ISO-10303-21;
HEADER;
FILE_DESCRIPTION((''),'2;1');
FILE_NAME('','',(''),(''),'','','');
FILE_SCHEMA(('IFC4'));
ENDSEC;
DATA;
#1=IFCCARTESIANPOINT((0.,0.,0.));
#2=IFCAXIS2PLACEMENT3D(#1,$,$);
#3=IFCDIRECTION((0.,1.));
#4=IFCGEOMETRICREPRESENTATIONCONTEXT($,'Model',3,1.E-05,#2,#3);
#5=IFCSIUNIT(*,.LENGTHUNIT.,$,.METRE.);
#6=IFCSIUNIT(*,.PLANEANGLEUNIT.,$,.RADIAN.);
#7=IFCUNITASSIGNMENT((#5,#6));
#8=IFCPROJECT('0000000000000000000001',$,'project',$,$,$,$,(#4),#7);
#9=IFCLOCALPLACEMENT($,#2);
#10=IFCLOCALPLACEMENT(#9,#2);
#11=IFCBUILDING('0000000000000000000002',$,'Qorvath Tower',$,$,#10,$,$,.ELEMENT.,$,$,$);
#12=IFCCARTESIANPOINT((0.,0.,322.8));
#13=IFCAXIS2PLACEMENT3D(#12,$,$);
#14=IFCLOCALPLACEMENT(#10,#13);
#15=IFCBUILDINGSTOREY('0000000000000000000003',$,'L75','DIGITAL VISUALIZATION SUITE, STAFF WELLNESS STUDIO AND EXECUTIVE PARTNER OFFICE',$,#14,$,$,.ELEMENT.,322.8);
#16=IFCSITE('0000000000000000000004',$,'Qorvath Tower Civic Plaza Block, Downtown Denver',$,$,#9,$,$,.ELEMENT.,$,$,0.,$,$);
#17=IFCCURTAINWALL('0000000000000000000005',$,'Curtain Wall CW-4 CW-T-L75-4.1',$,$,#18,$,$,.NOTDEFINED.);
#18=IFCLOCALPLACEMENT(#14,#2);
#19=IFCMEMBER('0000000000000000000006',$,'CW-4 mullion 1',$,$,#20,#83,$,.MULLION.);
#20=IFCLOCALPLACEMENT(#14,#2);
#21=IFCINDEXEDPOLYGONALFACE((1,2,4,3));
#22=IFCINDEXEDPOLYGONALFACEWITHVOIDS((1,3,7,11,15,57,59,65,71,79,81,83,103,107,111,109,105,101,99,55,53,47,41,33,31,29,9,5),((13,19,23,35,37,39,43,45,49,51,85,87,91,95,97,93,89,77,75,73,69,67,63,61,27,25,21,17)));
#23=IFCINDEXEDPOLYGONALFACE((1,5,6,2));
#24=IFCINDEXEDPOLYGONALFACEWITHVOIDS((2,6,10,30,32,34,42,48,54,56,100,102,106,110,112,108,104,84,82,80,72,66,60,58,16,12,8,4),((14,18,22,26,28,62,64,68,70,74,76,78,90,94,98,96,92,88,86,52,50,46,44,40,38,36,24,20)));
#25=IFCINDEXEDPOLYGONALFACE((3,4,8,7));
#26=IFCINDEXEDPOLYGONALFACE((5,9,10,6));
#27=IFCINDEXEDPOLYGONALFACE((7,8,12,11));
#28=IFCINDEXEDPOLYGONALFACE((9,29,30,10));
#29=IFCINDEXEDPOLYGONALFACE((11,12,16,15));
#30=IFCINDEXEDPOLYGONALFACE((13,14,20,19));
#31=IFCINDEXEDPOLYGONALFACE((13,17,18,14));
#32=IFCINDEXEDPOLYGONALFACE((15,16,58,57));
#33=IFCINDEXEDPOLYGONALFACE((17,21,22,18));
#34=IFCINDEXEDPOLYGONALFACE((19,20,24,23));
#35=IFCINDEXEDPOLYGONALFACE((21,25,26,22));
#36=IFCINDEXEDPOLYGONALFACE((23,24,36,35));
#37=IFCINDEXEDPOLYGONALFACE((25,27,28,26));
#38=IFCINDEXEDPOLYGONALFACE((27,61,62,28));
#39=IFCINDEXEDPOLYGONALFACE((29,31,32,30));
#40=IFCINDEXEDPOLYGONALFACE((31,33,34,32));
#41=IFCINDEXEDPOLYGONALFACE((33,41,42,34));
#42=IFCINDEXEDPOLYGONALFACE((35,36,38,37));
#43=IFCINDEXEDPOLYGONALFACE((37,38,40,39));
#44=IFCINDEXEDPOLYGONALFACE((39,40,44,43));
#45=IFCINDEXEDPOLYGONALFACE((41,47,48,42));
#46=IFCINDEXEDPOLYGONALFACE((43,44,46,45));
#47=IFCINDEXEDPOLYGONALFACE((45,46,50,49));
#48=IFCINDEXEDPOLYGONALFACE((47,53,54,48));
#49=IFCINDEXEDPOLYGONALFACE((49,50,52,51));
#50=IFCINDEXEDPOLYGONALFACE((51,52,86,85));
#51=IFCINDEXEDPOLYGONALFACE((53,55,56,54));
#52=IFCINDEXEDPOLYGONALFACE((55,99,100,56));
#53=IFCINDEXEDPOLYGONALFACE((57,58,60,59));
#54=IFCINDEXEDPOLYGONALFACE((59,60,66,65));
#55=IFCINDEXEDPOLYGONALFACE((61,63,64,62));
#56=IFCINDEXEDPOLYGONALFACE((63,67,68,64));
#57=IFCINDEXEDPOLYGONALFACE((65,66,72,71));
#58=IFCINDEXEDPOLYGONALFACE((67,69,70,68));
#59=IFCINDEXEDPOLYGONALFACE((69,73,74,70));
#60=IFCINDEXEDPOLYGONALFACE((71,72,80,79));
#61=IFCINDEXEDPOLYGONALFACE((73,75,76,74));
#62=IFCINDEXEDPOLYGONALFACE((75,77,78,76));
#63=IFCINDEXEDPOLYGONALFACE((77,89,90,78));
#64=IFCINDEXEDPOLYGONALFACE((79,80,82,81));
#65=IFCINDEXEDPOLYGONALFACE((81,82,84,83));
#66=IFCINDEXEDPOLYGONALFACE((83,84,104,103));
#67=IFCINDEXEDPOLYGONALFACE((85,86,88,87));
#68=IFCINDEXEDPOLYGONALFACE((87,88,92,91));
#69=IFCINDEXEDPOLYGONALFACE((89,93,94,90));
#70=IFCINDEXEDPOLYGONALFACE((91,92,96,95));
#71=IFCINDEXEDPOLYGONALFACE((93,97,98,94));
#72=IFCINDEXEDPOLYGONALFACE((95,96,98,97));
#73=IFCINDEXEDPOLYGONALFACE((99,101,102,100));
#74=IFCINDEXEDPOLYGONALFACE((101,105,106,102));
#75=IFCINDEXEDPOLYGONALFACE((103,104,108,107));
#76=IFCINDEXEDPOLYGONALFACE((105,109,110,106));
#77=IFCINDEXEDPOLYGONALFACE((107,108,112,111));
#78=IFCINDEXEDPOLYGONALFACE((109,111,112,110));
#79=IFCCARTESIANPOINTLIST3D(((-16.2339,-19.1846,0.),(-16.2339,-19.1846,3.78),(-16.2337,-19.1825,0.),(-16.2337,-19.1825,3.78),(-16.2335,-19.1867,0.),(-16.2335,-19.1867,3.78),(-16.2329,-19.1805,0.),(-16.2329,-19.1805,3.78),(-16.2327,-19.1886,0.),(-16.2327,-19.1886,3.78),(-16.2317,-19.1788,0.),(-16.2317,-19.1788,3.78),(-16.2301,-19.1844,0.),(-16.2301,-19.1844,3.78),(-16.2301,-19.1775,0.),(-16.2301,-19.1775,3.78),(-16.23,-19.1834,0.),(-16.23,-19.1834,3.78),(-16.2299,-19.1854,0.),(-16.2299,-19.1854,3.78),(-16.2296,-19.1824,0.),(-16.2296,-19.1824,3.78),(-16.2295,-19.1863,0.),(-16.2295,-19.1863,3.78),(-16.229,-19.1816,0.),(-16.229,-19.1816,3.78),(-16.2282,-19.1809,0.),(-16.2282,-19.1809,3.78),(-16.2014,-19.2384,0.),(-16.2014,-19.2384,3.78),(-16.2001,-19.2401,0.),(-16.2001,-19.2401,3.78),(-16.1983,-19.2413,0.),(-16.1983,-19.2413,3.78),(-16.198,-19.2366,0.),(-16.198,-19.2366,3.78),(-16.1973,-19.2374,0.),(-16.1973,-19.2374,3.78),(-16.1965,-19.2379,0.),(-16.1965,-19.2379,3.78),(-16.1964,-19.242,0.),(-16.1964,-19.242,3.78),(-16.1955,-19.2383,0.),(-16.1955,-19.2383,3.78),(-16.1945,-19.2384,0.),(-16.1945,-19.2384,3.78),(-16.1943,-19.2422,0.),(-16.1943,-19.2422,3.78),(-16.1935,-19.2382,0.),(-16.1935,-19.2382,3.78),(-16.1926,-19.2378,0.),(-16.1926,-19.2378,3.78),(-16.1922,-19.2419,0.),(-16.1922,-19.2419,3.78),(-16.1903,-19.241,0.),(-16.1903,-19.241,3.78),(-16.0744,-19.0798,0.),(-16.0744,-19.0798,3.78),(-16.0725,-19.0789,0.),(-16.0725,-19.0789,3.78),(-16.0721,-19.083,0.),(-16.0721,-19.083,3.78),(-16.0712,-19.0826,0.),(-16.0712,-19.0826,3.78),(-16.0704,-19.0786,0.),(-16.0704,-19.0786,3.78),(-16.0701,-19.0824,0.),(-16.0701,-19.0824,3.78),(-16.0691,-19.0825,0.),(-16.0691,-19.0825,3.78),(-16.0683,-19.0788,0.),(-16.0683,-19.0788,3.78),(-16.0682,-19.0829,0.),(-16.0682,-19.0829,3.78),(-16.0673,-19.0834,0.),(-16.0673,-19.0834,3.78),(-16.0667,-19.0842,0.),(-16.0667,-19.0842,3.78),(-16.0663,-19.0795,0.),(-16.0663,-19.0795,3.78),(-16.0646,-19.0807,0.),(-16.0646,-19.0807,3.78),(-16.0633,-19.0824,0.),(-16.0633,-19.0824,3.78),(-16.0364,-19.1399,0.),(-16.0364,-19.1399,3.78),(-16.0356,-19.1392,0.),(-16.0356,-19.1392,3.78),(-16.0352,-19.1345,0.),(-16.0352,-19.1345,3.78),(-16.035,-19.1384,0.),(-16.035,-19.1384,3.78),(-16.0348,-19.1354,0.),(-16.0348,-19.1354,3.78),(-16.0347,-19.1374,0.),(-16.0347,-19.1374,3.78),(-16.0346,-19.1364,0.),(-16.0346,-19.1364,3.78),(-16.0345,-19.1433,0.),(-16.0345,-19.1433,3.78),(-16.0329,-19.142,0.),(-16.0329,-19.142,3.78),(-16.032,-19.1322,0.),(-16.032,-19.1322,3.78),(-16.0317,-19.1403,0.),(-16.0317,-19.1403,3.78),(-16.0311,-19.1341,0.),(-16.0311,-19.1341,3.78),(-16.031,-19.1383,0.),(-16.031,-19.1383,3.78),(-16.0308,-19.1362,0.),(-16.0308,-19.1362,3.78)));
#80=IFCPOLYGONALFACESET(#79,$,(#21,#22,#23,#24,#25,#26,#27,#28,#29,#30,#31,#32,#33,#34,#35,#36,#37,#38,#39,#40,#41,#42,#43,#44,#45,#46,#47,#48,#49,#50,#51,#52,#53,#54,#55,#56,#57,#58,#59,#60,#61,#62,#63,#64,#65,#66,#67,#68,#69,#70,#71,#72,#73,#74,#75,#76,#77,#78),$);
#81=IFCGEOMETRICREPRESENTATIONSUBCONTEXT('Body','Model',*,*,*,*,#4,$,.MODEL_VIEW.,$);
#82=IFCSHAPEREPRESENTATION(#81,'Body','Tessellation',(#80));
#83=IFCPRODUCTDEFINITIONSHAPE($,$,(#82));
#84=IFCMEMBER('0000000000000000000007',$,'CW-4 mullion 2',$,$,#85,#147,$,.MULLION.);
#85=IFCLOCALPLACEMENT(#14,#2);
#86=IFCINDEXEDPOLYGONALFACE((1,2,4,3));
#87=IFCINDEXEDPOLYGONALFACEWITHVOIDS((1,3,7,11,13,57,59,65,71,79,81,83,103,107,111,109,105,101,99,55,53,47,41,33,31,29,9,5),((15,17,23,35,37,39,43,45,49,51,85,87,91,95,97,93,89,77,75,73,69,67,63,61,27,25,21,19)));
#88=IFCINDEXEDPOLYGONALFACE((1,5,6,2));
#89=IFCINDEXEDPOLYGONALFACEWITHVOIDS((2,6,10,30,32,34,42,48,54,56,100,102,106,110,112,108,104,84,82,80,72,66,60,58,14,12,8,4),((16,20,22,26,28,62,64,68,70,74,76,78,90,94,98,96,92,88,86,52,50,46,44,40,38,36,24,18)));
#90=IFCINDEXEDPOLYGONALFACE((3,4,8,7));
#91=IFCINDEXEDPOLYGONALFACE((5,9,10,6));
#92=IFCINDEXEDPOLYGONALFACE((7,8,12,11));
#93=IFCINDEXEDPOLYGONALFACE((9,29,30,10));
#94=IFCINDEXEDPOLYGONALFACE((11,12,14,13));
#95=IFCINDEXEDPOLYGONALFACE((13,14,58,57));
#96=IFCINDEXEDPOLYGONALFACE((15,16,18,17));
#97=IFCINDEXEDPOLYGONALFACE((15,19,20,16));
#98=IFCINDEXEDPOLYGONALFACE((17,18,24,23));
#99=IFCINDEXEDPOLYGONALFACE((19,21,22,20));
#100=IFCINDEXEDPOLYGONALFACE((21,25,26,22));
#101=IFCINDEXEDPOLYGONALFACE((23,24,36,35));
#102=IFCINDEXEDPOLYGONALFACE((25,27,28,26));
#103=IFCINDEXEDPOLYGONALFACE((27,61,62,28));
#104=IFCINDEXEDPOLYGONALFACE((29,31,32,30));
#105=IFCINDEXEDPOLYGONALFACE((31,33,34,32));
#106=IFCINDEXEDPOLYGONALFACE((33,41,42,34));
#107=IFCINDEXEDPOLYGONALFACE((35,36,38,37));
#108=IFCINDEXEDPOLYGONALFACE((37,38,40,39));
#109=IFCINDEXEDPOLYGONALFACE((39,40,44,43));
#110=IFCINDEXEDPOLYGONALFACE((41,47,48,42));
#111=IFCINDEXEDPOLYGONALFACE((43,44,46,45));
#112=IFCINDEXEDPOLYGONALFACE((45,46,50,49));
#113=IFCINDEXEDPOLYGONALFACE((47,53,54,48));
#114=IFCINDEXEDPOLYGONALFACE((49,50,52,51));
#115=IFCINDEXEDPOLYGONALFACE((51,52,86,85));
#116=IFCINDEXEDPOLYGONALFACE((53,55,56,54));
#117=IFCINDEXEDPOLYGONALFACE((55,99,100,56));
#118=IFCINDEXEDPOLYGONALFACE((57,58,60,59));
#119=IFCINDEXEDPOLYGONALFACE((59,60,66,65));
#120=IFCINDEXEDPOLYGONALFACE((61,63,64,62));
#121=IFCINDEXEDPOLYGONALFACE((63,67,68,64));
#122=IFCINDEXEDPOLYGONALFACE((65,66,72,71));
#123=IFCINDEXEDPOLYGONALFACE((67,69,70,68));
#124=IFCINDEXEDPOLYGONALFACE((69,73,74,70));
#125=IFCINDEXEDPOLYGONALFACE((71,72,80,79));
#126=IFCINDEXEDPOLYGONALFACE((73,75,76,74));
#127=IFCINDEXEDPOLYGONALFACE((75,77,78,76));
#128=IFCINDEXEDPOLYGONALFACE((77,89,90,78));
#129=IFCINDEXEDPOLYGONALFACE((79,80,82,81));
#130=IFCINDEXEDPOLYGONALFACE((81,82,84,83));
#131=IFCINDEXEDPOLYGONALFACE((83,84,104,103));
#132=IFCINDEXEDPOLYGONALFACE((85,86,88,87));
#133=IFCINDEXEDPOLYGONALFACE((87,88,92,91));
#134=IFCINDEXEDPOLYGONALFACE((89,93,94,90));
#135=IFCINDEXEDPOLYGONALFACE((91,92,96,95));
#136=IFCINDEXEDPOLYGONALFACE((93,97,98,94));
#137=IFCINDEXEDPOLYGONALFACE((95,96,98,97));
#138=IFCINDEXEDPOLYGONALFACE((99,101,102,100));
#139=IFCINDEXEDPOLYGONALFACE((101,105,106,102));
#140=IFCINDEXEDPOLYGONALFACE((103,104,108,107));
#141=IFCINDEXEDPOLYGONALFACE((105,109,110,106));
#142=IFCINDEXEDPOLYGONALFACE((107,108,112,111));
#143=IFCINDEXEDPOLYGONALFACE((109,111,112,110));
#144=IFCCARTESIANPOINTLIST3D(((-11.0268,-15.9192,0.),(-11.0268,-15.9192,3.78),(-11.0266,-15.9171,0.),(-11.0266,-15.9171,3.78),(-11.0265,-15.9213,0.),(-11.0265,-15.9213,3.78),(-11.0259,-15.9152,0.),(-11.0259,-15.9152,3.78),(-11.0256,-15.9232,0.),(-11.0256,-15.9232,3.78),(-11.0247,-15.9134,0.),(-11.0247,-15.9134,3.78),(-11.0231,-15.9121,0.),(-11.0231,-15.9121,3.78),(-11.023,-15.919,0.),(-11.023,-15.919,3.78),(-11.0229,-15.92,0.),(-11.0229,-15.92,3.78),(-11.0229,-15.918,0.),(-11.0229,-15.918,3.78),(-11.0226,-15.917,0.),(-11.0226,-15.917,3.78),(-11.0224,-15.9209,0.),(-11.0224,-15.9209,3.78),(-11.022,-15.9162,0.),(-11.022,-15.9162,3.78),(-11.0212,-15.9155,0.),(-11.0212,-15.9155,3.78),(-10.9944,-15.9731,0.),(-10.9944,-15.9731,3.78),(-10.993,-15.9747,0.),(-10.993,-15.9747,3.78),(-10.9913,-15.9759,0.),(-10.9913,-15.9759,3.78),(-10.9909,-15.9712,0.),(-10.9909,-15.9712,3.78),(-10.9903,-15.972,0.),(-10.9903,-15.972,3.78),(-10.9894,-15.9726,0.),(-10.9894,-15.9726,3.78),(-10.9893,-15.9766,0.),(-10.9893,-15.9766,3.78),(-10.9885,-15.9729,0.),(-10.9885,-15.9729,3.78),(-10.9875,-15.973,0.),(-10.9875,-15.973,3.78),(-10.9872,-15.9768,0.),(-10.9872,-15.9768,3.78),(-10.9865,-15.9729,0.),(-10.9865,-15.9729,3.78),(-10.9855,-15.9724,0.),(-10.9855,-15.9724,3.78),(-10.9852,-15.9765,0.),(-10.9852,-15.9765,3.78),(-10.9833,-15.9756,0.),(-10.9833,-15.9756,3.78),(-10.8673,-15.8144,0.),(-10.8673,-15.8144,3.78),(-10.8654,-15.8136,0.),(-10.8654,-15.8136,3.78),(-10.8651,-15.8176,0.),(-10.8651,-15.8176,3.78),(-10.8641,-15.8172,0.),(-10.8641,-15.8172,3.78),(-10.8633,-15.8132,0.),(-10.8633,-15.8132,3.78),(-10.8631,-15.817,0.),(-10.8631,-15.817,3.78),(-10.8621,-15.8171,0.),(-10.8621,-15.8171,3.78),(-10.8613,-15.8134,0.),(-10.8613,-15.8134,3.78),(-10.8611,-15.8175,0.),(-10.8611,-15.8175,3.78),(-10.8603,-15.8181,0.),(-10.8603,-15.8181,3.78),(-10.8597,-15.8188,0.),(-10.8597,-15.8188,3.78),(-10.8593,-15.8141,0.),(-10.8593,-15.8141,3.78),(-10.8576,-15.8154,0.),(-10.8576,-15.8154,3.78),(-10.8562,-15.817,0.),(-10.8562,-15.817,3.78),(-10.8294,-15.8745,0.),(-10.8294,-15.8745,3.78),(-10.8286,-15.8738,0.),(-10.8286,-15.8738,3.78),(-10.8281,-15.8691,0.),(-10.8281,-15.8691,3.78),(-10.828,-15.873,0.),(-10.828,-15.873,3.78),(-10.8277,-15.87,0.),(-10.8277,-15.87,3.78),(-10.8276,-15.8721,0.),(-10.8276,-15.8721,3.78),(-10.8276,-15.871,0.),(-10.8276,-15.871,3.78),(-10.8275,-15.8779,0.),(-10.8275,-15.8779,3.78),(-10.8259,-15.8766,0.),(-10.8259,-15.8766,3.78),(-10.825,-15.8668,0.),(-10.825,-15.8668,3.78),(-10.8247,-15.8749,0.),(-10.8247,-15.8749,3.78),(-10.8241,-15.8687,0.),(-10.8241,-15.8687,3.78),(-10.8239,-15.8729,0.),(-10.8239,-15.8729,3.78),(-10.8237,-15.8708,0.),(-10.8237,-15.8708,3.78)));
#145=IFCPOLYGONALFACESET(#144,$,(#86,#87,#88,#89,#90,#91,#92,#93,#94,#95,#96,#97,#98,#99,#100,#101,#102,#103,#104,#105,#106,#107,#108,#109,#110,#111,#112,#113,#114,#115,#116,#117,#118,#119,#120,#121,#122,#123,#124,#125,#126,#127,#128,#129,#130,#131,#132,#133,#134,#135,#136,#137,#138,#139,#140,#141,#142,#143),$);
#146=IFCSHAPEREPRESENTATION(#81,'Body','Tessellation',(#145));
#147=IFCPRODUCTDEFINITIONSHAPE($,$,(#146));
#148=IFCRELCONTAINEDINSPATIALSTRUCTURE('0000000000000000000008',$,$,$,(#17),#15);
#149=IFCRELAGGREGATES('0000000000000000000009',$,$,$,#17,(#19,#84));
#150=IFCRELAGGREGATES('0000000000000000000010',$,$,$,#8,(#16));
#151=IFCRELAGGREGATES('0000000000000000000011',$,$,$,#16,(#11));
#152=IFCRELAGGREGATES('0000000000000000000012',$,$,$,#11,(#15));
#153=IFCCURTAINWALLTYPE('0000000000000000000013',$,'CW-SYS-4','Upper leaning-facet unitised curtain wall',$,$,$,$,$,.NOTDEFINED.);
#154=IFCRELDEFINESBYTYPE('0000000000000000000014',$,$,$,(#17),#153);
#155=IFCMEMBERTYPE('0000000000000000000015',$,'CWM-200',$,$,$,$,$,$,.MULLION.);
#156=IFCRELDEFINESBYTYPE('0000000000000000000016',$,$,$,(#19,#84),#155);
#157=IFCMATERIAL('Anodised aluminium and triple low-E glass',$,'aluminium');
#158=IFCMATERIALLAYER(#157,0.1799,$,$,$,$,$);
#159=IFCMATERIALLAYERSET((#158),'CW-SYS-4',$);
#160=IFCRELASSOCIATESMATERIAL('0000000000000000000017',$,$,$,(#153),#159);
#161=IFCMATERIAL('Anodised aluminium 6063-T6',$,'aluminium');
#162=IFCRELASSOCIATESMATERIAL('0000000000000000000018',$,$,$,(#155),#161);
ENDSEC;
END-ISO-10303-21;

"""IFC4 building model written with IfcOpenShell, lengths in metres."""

from ifc_helpers import new_model, si_unit, direction, frame, origin, origin_2d, place, context, subcontext, project, spatial, hollow_rectangle, extrude, material, layer, layer_set, material_profile, profile_set, type_object, element, aggregate, save


model = new_model("IFC4")

# Units and contexts
model_context = context("Model", 3, precision=1e-05, world=origin(), true_north=direction((0.0, 1.0)))
body_context = subcontext(model_context, "Body", "Model", "MODEL_VIEW")
ifc_project = project(units=[si_unit("LENGTHUNIT", "METRE"), si_unit("PLANEANGLEUNIT", "RADIAN")], contexts=[model_context])

# Site, building, storey
site_placement = place(None, origin())
site = spatial("IfcSite", under=ifc_project, at=site_placement, Name="Qorvath Tower Civic Plaza Block, Downtown Denver", CompositionType="ELEMENT", RefElevation=0.0)
building_placement = place(site_placement, origin())
building = spatial("IfcBuilding", under=site, at=building_placement, Name="Qorvath Tower", CompositionType="ELEMENT")
storey_placement = place(building_placement, frame((0.0, 0.0, 322.8)))
storey = spatial("IfcBuildingStorey", under=building, at=storey_placement, Name="L75", Description="DIGITAL VISUALIZATION SUITE, STAFF WELLNESS STUDIO AND EXECUTIVE PARTNER OFFICE", CompositionType="ELEMENT", Elevation=322.8)

# Shared definitions
ifc_material_1 = material(Name="Anodised aluminium and triple low-E glass", Category="aluminium")
ifc_layer_1 = layer(ifc_material_1, 0.1799)
ifc_layer_set_1 = layer_set([ifc_layer_1], Name="CW-SYS-4")
curtain_wall_type = type_object("IfcCurtainWallType", Name="CW-SYS-4", Description="Upper leaning-facet unitised curtain wall", PredefinedType="NOTDEFINED", material=ifc_layer_set_1)
ifc_material_2 = material(Name="Anodised aluminium 6063-T6", Category="aluminium")
ifc_material_profile_1 = material_profile(ifc_material_2, hollow_rectangle(XDim=0.075, YDim=0.2, WallThickness=0.0039, InnerFilletRadius=0.0039, OuterFilletRadius=0.0081, at=origin_2d()), Name="CWM 200x75")
ifc_profile_set_1 = profile_set([ifc_material_profile_1], Name="Anodised aluminium 6063-T6")
member_type_1 = type_object("IfcMemberType", Name="CWM-200", PredefinedType="MULLION", material=ifc_profile_set_1)

# Curtain wall, members
curtain_wall_1_placement = place(storey_placement, origin())
curtain_wall_1 = element("IfcCurtainWall", 1, at=curtain_wall_1_placement, inside=storey, type_object=curtain_wall_type, Name="Curtain Wall CW-4 CW-T-L75-4.1", PredefinedType="NOTDEFINED")
member_1_placement = place(storey_placement, frame((-16.1323, -19.1604, 0.0), z_axis=(0.0, 0.0, 1.0), x_axis=(-0.531309, 0.847178, 0.0)))
member_1 = element("IfcMember", 2, at=member_1_placement, type_object=member_type_1, Name="CW-4 mullion 1", PredefinedType="MULLION", context=body_context, shape_type="SweptSolid", body=[
    extrude(hollow_rectangle(XDim=0.075, YDim=0.2, WallThickness=0.0039, InnerFilletRadius=0.0039, OuterFilletRadius=0.0081, at=origin_2d()), origin(), (0.0, 0.0, 1.0), 3.78),
])
member_2_placement = place(storey_placement, frame((-10.9253, -15.895, 0.0), z_axis=(0.0, 0.0, 1.0), x_axis=(-0.531309, 0.847178, 0.0)))
member_2 = element("IfcMember", 3, at=member_2_placement, type_object=member_type_1, Name="CW-4 mullion 2", PredefinedType="MULLION", context=body_context, shape_type="SweptSolid", body=[
    extrude(hollow_rectangle(XDim=0.075, YDim=0.2, WallThickness=0.0039, InnerFilletRadius=0.0039, OuterFilletRadius=0.0081, at=origin_2d()), origin(), (0.0, 0.0, 1.0), 3.78),
])

aggregate(curtain_wall_1, [member_1, member_2])

save(model, "model.ifc")
